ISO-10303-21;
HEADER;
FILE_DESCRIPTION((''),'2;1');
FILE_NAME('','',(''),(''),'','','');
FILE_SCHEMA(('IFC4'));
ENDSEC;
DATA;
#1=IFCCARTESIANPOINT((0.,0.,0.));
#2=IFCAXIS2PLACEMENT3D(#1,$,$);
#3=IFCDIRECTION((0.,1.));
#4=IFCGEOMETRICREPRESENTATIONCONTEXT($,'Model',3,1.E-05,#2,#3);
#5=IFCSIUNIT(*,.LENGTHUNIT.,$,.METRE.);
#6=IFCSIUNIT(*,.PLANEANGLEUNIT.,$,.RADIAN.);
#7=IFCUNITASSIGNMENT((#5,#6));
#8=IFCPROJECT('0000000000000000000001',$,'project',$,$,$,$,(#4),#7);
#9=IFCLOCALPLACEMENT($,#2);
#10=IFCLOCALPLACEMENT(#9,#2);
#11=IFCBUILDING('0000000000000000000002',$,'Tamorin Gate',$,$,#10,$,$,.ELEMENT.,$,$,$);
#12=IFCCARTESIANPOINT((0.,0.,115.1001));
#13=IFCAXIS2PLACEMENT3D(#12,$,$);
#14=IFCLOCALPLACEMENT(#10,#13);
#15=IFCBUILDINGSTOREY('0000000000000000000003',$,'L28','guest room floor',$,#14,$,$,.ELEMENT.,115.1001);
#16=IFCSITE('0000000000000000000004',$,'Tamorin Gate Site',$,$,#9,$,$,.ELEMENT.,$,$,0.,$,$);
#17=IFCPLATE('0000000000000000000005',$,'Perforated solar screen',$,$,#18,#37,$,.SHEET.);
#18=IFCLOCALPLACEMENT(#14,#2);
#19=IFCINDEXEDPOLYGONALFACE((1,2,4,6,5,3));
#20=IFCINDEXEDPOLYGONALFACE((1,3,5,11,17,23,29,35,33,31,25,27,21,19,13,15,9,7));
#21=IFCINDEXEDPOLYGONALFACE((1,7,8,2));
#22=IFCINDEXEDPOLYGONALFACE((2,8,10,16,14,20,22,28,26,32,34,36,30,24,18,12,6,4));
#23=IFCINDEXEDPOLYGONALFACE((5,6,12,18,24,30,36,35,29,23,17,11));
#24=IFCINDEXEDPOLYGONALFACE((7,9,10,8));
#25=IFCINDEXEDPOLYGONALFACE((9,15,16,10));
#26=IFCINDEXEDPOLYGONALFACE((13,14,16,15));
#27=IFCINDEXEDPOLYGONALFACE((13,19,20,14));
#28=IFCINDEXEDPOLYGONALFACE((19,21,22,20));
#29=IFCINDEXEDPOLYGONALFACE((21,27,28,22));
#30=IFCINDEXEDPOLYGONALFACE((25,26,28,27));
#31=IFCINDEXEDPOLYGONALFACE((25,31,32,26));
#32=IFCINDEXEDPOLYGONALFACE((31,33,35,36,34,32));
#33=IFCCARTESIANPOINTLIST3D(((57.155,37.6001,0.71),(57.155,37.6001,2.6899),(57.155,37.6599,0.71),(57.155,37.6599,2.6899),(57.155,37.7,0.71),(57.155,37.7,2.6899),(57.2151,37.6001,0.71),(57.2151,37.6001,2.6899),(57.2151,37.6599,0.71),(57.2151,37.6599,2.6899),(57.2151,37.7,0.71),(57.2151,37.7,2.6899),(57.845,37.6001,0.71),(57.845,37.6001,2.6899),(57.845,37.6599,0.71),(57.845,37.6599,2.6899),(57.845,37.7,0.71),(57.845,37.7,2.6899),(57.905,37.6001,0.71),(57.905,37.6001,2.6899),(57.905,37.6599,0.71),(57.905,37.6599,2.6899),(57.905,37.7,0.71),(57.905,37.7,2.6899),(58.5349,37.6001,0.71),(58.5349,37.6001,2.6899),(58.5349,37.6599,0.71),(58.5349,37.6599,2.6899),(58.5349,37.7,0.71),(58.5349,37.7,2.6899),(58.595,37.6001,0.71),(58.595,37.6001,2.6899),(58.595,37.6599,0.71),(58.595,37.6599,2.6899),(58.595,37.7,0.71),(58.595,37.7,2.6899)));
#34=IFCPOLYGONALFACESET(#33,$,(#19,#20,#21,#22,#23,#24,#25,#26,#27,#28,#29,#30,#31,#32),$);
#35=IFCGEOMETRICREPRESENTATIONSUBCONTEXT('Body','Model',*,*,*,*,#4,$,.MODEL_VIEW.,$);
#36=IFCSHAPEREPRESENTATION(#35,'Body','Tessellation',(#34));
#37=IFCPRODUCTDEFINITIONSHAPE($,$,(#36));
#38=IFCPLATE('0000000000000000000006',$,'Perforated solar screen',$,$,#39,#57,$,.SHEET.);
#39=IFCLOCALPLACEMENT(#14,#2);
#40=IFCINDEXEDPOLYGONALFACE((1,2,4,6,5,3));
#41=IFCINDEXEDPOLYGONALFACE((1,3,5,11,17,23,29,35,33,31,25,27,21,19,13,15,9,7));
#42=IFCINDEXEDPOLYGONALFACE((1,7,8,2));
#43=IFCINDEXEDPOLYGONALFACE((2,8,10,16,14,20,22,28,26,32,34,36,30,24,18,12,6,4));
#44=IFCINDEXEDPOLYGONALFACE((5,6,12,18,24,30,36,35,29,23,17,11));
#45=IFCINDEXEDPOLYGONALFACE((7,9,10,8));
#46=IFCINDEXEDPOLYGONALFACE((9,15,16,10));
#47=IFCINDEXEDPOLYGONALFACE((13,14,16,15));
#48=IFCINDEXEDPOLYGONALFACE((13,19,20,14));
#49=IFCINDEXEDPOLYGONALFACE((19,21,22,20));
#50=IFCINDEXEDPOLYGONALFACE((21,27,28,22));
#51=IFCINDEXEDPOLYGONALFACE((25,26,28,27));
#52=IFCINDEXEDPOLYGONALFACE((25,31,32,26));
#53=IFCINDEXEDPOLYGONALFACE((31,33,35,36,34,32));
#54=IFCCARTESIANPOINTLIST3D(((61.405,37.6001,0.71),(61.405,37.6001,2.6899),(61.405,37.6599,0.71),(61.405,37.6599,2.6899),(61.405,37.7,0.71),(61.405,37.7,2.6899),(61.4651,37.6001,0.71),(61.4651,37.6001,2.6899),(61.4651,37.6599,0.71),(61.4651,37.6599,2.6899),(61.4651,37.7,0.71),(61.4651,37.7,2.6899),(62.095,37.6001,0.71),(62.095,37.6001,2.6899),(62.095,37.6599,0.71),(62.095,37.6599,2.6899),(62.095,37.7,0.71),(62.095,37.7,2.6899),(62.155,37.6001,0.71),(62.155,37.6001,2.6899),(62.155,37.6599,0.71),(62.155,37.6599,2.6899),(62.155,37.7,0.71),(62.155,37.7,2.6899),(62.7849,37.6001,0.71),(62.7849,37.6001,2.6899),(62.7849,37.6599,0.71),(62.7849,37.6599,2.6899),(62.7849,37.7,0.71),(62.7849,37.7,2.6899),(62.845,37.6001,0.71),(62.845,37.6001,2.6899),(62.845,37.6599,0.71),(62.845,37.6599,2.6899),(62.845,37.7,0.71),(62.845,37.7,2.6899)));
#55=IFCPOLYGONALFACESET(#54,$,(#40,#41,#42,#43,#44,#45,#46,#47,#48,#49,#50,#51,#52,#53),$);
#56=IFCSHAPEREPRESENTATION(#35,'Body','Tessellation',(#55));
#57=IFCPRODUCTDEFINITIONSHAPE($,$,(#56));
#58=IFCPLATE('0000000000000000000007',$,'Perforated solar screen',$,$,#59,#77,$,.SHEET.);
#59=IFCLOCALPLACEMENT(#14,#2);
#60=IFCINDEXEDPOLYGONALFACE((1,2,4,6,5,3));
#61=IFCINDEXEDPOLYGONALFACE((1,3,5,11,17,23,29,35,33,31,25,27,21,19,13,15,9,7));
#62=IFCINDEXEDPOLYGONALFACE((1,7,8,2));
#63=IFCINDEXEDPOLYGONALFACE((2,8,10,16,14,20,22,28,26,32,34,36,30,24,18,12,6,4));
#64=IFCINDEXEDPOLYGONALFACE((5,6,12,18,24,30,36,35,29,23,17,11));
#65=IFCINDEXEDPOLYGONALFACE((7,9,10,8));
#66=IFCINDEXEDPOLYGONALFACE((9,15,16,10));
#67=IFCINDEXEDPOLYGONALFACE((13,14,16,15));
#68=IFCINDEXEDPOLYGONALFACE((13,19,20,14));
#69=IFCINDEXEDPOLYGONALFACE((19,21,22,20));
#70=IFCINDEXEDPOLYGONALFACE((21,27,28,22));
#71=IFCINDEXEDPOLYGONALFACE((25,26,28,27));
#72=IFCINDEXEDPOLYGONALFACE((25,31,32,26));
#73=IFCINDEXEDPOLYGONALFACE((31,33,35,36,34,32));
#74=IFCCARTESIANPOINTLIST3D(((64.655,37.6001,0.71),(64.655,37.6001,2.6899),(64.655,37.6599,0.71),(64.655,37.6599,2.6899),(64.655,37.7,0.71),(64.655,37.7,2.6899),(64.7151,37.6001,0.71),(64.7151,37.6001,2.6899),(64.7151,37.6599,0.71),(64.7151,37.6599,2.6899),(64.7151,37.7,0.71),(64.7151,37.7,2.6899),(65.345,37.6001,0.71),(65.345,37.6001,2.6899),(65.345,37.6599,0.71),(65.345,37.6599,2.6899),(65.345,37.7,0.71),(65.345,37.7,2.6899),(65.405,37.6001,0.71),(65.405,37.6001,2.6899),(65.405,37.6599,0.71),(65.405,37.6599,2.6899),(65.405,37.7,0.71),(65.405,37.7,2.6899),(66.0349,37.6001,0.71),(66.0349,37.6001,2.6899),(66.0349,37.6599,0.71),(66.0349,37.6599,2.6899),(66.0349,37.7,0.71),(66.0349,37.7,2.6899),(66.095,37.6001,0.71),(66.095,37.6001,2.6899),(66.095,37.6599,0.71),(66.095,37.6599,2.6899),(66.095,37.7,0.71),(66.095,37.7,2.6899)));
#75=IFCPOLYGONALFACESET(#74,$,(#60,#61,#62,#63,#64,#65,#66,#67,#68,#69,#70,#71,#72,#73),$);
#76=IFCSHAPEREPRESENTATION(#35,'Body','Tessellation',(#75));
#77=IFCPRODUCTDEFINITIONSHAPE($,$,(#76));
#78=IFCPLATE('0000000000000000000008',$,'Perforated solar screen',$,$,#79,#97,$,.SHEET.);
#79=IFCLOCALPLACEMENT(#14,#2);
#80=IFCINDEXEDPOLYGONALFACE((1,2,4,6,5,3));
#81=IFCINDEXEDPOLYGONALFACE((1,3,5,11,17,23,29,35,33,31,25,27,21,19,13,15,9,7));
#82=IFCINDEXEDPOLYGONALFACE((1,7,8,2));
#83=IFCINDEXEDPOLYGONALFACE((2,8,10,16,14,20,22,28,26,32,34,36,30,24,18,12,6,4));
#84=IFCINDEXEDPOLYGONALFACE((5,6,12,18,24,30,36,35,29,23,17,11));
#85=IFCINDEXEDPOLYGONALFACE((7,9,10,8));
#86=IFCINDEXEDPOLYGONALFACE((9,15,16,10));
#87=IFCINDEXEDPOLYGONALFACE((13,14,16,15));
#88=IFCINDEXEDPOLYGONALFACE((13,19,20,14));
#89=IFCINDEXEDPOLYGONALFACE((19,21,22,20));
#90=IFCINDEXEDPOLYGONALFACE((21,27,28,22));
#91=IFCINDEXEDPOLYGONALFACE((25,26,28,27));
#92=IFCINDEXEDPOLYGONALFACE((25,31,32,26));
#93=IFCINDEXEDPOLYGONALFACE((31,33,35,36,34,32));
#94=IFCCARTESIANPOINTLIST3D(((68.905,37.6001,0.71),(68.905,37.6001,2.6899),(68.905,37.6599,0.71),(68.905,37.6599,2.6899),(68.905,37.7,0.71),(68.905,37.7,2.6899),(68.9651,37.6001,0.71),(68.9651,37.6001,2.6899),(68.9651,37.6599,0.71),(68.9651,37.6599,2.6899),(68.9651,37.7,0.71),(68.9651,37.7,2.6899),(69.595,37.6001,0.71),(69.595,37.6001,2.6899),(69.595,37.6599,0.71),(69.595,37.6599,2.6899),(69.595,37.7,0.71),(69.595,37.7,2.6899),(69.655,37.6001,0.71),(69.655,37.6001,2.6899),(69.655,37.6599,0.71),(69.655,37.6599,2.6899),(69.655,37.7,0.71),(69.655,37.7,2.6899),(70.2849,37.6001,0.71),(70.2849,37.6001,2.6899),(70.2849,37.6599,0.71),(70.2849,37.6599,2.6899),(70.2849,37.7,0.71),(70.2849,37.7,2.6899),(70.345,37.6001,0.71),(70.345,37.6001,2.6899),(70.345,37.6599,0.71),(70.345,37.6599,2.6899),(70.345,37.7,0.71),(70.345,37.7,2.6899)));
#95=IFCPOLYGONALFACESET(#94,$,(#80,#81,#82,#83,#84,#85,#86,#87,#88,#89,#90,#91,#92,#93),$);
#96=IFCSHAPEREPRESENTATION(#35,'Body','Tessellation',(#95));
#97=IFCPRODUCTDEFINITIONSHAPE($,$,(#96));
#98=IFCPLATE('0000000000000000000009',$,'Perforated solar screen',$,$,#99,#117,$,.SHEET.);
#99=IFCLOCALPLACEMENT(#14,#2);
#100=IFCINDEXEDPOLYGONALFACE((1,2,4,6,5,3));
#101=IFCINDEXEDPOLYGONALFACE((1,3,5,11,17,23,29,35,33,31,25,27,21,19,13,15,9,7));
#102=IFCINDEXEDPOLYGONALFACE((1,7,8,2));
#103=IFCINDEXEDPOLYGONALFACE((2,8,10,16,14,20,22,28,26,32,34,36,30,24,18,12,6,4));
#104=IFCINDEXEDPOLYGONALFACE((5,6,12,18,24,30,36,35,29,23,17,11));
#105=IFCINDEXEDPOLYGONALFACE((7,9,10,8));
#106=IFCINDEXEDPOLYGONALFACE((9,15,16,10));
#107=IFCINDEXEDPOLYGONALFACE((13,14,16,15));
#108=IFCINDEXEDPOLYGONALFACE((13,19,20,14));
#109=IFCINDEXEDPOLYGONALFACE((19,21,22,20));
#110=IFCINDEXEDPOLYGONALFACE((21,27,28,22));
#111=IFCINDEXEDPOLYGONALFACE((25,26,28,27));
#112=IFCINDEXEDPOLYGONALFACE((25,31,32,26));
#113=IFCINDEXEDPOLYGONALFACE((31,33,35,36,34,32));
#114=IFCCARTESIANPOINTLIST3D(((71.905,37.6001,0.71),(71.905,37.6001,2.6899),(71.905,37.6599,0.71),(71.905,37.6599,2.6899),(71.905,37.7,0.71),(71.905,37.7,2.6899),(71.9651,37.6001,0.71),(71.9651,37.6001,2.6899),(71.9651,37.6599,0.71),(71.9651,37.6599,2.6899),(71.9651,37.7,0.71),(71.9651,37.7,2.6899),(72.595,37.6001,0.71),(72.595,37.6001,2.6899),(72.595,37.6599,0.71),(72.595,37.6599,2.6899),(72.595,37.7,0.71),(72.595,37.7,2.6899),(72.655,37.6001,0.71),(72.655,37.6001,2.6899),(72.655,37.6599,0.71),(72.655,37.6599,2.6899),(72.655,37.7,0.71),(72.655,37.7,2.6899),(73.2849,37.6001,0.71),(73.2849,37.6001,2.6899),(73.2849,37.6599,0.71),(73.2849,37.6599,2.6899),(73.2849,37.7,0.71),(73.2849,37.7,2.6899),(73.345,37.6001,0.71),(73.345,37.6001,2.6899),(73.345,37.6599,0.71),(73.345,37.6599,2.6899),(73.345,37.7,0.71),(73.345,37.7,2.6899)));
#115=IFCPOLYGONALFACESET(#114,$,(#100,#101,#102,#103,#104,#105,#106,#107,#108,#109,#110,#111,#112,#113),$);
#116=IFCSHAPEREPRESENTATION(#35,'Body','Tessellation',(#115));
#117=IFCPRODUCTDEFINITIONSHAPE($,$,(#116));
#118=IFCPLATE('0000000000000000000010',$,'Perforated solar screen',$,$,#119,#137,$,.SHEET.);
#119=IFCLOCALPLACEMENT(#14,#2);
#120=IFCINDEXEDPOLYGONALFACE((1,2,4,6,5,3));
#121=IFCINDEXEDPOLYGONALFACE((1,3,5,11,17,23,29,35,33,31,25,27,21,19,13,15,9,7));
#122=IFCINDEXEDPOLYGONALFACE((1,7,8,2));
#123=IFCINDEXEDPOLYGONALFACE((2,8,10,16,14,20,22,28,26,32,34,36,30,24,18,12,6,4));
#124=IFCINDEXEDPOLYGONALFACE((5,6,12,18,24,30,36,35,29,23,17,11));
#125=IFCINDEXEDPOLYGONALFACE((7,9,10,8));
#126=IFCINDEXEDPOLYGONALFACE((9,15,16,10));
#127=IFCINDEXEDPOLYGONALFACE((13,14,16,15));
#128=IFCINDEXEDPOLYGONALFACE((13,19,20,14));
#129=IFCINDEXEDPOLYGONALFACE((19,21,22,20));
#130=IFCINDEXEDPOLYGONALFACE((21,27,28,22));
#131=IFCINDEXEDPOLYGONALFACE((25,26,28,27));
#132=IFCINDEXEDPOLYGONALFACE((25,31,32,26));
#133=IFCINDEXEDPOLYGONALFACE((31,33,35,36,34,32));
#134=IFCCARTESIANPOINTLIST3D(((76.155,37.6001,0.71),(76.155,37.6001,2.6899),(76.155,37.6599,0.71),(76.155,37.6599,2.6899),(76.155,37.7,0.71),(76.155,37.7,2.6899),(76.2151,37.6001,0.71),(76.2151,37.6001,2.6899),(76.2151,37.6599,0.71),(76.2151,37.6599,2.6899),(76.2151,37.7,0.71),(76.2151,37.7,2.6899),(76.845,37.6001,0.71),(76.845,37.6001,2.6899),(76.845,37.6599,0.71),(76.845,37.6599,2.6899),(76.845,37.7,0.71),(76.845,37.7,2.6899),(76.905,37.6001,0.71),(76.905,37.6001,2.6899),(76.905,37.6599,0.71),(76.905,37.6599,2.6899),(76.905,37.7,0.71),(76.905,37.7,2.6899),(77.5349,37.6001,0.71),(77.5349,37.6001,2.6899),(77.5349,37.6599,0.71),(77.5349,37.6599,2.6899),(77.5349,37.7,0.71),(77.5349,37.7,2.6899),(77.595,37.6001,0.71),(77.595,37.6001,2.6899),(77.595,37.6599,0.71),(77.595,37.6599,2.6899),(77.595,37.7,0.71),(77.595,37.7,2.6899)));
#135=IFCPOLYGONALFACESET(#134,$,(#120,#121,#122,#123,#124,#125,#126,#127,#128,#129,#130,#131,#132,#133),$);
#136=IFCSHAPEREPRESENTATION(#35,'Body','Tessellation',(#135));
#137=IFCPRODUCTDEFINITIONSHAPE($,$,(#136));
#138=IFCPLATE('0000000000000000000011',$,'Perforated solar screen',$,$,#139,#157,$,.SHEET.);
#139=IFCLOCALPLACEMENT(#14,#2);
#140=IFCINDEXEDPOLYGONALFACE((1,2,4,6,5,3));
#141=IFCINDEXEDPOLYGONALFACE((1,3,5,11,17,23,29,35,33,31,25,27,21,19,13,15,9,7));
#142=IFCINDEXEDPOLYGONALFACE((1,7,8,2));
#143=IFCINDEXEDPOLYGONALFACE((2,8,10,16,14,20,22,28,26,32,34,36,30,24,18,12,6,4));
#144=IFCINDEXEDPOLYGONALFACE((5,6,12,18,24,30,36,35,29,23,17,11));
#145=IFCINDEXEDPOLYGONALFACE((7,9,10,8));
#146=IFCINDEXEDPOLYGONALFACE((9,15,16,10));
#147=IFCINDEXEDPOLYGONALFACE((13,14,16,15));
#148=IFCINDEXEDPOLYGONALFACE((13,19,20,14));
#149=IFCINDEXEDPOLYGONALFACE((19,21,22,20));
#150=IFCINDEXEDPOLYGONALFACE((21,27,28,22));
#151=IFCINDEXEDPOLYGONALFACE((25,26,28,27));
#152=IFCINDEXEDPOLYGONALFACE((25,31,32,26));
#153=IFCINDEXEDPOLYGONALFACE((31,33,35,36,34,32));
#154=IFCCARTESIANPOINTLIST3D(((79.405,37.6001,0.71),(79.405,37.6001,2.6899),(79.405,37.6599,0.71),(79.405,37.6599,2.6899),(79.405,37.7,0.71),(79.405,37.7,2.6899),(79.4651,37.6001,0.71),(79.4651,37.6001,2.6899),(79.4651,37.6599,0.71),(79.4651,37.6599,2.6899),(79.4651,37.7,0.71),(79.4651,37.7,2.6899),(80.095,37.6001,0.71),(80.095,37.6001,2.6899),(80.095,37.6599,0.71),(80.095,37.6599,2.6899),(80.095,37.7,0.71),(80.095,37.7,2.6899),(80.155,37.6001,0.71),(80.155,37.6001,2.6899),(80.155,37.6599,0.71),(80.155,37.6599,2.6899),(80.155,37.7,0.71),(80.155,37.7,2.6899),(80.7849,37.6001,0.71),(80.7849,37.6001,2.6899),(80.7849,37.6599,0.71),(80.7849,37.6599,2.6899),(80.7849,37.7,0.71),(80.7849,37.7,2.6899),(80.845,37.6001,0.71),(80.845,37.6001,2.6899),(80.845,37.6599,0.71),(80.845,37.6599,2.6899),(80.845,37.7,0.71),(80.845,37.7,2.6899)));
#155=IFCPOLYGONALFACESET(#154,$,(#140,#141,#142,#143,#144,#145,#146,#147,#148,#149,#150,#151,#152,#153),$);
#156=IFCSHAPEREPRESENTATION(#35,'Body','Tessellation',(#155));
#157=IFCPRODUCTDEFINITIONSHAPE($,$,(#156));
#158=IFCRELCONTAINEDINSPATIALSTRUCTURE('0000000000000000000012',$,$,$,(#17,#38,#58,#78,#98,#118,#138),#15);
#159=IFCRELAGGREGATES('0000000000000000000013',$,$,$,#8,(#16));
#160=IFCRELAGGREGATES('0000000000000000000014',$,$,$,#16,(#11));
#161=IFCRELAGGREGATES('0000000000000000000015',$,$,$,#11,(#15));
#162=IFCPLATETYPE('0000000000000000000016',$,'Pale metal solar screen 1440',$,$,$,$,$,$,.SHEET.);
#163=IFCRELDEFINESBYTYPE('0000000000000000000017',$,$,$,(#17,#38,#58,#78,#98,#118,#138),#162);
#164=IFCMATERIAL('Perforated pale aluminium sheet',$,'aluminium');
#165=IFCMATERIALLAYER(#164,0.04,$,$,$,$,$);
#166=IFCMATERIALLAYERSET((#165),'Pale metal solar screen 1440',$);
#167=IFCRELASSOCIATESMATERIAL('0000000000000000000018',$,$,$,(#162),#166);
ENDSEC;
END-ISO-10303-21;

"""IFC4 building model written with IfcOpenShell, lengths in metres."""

from ifc_helpers import new_model, si_unit, direction, frame, origin, place, context, subcontext, project, spatial, polyline, outline, extrude, material, layer, layer_set, type_object, element, save


model = new_model("IFC4")

# Units and contexts
model_context = context("Model", 3, precision=1e-05, world=origin(), true_north=direction((0.0, 1.0)))
body_context = subcontext(model_context, "Body", "Model", "MODEL_VIEW")
ifc_project = project(units=[si_unit("LENGTHUNIT", "METRE"), si_unit("PLANEANGLEUNIT", "RADIAN")], contexts=[model_context])

# Site, building, storey
site_placement = place(None, origin())
site = spatial("IfcSite", under=ifc_project, at=site_placement, Name="Tamorin Gate Site", CompositionType="ELEMENT", RefElevation=0.0)
building_placement = place(site_placement, origin())
building = spatial("IfcBuilding", under=site, at=building_placement, Name="Tamorin Gate", CompositionType="ELEMENT")
storey_placement = place(building_placement, frame((0.0, 0.0, 115.1001)))
storey = spatial("IfcBuildingStorey", under=building, at=storey_placement, Name="L28", Description="guest room floor", CompositionType="ELEMENT", Elevation=115.1001)

# Plates
ifc_material_1 = material(Name="Perforated pale aluminium sheet", Category="aluminium")
ifc_layer_1 = layer(ifc_material_1, 0.04)
ifc_layer_set_1 = layer_set([ifc_layer_1], Name="Pale metal solar screen 1440")
plate_type = type_object("IfcPlateType", Name="Pale metal solar screen 1440", PredefinedType="SHEET", material=ifc_layer_set_1)
plate_1_placement = place(storey_placement, frame((0.0, 0.0, 0.71)))
element("IfcPlate", 1, at=plate_1_placement, inside=storey, type_object=plate_type, Name="Perforated solar screen", PredefinedType="SHEET", context=body_context, shape_type="SweptSolid", body=[
    extrude(outline(polyline([(57.155, 37.6599), (57.155, 37.7), (57.2151, 37.7), (57.845, 37.7), (57.905, 37.7), (58.5349, 37.7), (58.595, 37.7), (58.595, 37.6599), (58.595, 37.6001), (58.5349, 37.6001), (58.5349, 37.6599), (57.905, 37.6599), (57.905, 37.6001), (57.845, 37.6001), (57.845, 37.6599), (57.2151, 37.6599), (57.2151, 37.6001), (57.155, 37.6001), (57.155, 37.6599)])), origin(), (0.0, 0.0, 1.0), 1.98),
])
plate_2_placement = place(storey_placement, frame((0.0, 0.0, 0.71)))
element("IfcPlate", 2, at=plate_2_placement, inside=storey, type_object=plate_type, Name="Perforated solar screen", PredefinedType="SHEET", context=body_context, shape_type="SweptSolid", body=[
    extrude(outline(polyline([(61.405, 37.6599), (61.405, 37.7), (61.4651, 37.7), (62.095, 37.7), (62.155, 37.7), (62.7849, 37.7), (62.845, 37.7), (62.845, 37.6599), (62.845, 37.6001), (62.7849, 37.6001), (62.7849, 37.6599), (62.155, 37.6599), (62.155, 37.6001), (62.095, 37.6001), (62.095, 37.6599), (61.4651, 37.6599), (61.4651, 37.6001), (61.405, 37.6001), (61.405, 37.6599)])), origin(), (0.0, 0.0, 1.0), 1.98),
])
plate_3_placement = place(storey_placement, frame((0.0, 0.0, 0.71)))
element("IfcPlate", 3, at=plate_3_placement, inside=storey, type_object=plate_type, Name="Perforated solar screen", PredefinedType="SHEET", context=body_context, shape_type="SweptSolid", body=[
    extrude(outline(polyline([(64.655, 37.6599), (64.655, 37.7), (64.7151, 37.7), (65.345, 37.7), (65.405, 37.7), (66.0349, 37.7), (66.095, 37.7), (66.095, 37.6599), (66.095, 37.6001), (66.0349, 37.6001), (66.0349, 37.6599), (65.405, 37.6599), (65.405, 37.6001), (65.345, 37.6001), (65.345, 37.6599), (64.7151, 37.6599), (64.7151, 37.6001), (64.655, 37.6001), (64.655, 37.6599)])), origin(), (0.0, 0.0, 1.0), 1.98),
])
plate_4_placement = place(storey_placement, frame((0.0, 0.0, 0.71)))
element("IfcPlate", 4, at=plate_4_placement, inside=storey, type_object=plate_type, Name="Perforated solar screen", PredefinedType="SHEET", context=body_context, shape_type="SweptSolid", body=[
    extrude(outline(polyline([(68.905, 37.6599), (68.905, 37.7), (68.9651, 37.7), (69.595, 37.7), (69.655, 37.7), (70.2849, 37.7), (70.345, 37.7), (70.345, 37.6599), (70.345, 37.6001), (70.2849, 37.6001), (70.2849, 37.6599), (69.655, 37.6599), (69.655, 37.6001), (69.595, 37.6001), (69.595, 37.6599), (68.9651, 37.6599), (68.9651, 37.6001), (68.905, 37.6001), (68.905, 37.6599)])), origin(), (0.0, 0.0, 1.0), 1.98),
])
plate_5_placement = place(storey_placement, frame((0.0, 0.0, 0.71)))
element("IfcPlate", 5, at=plate_5_placement, inside=storey, type_object=plate_type, Name="Perforated solar screen", PredefinedType="SHEET", context=body_context, shape_type="SweptSolid", body=[
    extrude(outline(polyline([(71.905, 37.6599), (71.905, 37.7), (71.9651, 37.7), (72.595, 37.7), (72.655, 37.7), (73.2849, 37.7), (73.345, 37.7), (73.345, 37.6599), (73.345, 37.6001), (73.2849, 37.6001), (73.2849, 37.6599), (72.655, 37.6599), (72.655, 37.6001), (72.595, 37.6001), (72.595, 37.6599), (71.9651, 37.6599), (71.9651, 37.6001), (71.905, 37.6001), (71.905, 37.6599)])), origin(), (0.0, 0.0, 1.0), 1.98),
])
plate_6_placement = place(storey_placement, frame((0.0, 0.0, 0.71)))
element("IfcPlate", 6, at=plate_6_placement, inside=storey, type_object=plate_type, Name="Perforated solar screen", PredefinedType="SHEET", context=body_context, shape_type="SweptSolid", body=[
    extrude(outline(polyline([(76.155, 37.6599), (76.155, 37.7), (76.2151, 37.7), (76.845, 37.7), (76.905, 37.7), (77.5349, 37.7), (77.595, 37.7), (77.595, 37.6599), (77.595, 37.6001), (77.5349, 37.6001), (77.5349, 37.6599), (76.905, 37.6599), (76.905, 37.6001), (76.845, 37.6001), (76.845, 37.6599), (76.2151, 37.6599), (76.2151, 37.6001), (76.155, 37.6001), (76.155, 37.6599)])), origin(), (0.0, 0.0, 1.0), 1.98),
])
plate_7_placement = place(storey_placement, frame((0.0, 0.0, 0.71)))
element("IfcPlate", 7, at=plate_7_placement, inside=storey, type_object=plate_type, Name="Perforated solar screen", PredefinedType="SHEET", context=body_context, shape_type="SweptSolid", body=[
    extrude(outline(polyline([(79.405, 37.6599), (79.405, 37.7), (79.4651, 37.7), (80.095, 37.7), (80.155, 37.7), (80.7849, 37.7), (80.845, 37.7), (80.845, 37.6599), (80.845, 37.6001), (80.7849, 37.6001), (80.7849, 37.6599), (80.155, 37.6599), (80.155, 37.6001), (80.095, 37.6001), (80.095, 37.6599), (79.4651, 37.6599), (79.4651, 37.6001), (79.405, 37.6001), (79.405, 37.6599)])), origin(), (0.0, 0.0, 1.0), 1.98),
])

save(model, "model.ifc")
